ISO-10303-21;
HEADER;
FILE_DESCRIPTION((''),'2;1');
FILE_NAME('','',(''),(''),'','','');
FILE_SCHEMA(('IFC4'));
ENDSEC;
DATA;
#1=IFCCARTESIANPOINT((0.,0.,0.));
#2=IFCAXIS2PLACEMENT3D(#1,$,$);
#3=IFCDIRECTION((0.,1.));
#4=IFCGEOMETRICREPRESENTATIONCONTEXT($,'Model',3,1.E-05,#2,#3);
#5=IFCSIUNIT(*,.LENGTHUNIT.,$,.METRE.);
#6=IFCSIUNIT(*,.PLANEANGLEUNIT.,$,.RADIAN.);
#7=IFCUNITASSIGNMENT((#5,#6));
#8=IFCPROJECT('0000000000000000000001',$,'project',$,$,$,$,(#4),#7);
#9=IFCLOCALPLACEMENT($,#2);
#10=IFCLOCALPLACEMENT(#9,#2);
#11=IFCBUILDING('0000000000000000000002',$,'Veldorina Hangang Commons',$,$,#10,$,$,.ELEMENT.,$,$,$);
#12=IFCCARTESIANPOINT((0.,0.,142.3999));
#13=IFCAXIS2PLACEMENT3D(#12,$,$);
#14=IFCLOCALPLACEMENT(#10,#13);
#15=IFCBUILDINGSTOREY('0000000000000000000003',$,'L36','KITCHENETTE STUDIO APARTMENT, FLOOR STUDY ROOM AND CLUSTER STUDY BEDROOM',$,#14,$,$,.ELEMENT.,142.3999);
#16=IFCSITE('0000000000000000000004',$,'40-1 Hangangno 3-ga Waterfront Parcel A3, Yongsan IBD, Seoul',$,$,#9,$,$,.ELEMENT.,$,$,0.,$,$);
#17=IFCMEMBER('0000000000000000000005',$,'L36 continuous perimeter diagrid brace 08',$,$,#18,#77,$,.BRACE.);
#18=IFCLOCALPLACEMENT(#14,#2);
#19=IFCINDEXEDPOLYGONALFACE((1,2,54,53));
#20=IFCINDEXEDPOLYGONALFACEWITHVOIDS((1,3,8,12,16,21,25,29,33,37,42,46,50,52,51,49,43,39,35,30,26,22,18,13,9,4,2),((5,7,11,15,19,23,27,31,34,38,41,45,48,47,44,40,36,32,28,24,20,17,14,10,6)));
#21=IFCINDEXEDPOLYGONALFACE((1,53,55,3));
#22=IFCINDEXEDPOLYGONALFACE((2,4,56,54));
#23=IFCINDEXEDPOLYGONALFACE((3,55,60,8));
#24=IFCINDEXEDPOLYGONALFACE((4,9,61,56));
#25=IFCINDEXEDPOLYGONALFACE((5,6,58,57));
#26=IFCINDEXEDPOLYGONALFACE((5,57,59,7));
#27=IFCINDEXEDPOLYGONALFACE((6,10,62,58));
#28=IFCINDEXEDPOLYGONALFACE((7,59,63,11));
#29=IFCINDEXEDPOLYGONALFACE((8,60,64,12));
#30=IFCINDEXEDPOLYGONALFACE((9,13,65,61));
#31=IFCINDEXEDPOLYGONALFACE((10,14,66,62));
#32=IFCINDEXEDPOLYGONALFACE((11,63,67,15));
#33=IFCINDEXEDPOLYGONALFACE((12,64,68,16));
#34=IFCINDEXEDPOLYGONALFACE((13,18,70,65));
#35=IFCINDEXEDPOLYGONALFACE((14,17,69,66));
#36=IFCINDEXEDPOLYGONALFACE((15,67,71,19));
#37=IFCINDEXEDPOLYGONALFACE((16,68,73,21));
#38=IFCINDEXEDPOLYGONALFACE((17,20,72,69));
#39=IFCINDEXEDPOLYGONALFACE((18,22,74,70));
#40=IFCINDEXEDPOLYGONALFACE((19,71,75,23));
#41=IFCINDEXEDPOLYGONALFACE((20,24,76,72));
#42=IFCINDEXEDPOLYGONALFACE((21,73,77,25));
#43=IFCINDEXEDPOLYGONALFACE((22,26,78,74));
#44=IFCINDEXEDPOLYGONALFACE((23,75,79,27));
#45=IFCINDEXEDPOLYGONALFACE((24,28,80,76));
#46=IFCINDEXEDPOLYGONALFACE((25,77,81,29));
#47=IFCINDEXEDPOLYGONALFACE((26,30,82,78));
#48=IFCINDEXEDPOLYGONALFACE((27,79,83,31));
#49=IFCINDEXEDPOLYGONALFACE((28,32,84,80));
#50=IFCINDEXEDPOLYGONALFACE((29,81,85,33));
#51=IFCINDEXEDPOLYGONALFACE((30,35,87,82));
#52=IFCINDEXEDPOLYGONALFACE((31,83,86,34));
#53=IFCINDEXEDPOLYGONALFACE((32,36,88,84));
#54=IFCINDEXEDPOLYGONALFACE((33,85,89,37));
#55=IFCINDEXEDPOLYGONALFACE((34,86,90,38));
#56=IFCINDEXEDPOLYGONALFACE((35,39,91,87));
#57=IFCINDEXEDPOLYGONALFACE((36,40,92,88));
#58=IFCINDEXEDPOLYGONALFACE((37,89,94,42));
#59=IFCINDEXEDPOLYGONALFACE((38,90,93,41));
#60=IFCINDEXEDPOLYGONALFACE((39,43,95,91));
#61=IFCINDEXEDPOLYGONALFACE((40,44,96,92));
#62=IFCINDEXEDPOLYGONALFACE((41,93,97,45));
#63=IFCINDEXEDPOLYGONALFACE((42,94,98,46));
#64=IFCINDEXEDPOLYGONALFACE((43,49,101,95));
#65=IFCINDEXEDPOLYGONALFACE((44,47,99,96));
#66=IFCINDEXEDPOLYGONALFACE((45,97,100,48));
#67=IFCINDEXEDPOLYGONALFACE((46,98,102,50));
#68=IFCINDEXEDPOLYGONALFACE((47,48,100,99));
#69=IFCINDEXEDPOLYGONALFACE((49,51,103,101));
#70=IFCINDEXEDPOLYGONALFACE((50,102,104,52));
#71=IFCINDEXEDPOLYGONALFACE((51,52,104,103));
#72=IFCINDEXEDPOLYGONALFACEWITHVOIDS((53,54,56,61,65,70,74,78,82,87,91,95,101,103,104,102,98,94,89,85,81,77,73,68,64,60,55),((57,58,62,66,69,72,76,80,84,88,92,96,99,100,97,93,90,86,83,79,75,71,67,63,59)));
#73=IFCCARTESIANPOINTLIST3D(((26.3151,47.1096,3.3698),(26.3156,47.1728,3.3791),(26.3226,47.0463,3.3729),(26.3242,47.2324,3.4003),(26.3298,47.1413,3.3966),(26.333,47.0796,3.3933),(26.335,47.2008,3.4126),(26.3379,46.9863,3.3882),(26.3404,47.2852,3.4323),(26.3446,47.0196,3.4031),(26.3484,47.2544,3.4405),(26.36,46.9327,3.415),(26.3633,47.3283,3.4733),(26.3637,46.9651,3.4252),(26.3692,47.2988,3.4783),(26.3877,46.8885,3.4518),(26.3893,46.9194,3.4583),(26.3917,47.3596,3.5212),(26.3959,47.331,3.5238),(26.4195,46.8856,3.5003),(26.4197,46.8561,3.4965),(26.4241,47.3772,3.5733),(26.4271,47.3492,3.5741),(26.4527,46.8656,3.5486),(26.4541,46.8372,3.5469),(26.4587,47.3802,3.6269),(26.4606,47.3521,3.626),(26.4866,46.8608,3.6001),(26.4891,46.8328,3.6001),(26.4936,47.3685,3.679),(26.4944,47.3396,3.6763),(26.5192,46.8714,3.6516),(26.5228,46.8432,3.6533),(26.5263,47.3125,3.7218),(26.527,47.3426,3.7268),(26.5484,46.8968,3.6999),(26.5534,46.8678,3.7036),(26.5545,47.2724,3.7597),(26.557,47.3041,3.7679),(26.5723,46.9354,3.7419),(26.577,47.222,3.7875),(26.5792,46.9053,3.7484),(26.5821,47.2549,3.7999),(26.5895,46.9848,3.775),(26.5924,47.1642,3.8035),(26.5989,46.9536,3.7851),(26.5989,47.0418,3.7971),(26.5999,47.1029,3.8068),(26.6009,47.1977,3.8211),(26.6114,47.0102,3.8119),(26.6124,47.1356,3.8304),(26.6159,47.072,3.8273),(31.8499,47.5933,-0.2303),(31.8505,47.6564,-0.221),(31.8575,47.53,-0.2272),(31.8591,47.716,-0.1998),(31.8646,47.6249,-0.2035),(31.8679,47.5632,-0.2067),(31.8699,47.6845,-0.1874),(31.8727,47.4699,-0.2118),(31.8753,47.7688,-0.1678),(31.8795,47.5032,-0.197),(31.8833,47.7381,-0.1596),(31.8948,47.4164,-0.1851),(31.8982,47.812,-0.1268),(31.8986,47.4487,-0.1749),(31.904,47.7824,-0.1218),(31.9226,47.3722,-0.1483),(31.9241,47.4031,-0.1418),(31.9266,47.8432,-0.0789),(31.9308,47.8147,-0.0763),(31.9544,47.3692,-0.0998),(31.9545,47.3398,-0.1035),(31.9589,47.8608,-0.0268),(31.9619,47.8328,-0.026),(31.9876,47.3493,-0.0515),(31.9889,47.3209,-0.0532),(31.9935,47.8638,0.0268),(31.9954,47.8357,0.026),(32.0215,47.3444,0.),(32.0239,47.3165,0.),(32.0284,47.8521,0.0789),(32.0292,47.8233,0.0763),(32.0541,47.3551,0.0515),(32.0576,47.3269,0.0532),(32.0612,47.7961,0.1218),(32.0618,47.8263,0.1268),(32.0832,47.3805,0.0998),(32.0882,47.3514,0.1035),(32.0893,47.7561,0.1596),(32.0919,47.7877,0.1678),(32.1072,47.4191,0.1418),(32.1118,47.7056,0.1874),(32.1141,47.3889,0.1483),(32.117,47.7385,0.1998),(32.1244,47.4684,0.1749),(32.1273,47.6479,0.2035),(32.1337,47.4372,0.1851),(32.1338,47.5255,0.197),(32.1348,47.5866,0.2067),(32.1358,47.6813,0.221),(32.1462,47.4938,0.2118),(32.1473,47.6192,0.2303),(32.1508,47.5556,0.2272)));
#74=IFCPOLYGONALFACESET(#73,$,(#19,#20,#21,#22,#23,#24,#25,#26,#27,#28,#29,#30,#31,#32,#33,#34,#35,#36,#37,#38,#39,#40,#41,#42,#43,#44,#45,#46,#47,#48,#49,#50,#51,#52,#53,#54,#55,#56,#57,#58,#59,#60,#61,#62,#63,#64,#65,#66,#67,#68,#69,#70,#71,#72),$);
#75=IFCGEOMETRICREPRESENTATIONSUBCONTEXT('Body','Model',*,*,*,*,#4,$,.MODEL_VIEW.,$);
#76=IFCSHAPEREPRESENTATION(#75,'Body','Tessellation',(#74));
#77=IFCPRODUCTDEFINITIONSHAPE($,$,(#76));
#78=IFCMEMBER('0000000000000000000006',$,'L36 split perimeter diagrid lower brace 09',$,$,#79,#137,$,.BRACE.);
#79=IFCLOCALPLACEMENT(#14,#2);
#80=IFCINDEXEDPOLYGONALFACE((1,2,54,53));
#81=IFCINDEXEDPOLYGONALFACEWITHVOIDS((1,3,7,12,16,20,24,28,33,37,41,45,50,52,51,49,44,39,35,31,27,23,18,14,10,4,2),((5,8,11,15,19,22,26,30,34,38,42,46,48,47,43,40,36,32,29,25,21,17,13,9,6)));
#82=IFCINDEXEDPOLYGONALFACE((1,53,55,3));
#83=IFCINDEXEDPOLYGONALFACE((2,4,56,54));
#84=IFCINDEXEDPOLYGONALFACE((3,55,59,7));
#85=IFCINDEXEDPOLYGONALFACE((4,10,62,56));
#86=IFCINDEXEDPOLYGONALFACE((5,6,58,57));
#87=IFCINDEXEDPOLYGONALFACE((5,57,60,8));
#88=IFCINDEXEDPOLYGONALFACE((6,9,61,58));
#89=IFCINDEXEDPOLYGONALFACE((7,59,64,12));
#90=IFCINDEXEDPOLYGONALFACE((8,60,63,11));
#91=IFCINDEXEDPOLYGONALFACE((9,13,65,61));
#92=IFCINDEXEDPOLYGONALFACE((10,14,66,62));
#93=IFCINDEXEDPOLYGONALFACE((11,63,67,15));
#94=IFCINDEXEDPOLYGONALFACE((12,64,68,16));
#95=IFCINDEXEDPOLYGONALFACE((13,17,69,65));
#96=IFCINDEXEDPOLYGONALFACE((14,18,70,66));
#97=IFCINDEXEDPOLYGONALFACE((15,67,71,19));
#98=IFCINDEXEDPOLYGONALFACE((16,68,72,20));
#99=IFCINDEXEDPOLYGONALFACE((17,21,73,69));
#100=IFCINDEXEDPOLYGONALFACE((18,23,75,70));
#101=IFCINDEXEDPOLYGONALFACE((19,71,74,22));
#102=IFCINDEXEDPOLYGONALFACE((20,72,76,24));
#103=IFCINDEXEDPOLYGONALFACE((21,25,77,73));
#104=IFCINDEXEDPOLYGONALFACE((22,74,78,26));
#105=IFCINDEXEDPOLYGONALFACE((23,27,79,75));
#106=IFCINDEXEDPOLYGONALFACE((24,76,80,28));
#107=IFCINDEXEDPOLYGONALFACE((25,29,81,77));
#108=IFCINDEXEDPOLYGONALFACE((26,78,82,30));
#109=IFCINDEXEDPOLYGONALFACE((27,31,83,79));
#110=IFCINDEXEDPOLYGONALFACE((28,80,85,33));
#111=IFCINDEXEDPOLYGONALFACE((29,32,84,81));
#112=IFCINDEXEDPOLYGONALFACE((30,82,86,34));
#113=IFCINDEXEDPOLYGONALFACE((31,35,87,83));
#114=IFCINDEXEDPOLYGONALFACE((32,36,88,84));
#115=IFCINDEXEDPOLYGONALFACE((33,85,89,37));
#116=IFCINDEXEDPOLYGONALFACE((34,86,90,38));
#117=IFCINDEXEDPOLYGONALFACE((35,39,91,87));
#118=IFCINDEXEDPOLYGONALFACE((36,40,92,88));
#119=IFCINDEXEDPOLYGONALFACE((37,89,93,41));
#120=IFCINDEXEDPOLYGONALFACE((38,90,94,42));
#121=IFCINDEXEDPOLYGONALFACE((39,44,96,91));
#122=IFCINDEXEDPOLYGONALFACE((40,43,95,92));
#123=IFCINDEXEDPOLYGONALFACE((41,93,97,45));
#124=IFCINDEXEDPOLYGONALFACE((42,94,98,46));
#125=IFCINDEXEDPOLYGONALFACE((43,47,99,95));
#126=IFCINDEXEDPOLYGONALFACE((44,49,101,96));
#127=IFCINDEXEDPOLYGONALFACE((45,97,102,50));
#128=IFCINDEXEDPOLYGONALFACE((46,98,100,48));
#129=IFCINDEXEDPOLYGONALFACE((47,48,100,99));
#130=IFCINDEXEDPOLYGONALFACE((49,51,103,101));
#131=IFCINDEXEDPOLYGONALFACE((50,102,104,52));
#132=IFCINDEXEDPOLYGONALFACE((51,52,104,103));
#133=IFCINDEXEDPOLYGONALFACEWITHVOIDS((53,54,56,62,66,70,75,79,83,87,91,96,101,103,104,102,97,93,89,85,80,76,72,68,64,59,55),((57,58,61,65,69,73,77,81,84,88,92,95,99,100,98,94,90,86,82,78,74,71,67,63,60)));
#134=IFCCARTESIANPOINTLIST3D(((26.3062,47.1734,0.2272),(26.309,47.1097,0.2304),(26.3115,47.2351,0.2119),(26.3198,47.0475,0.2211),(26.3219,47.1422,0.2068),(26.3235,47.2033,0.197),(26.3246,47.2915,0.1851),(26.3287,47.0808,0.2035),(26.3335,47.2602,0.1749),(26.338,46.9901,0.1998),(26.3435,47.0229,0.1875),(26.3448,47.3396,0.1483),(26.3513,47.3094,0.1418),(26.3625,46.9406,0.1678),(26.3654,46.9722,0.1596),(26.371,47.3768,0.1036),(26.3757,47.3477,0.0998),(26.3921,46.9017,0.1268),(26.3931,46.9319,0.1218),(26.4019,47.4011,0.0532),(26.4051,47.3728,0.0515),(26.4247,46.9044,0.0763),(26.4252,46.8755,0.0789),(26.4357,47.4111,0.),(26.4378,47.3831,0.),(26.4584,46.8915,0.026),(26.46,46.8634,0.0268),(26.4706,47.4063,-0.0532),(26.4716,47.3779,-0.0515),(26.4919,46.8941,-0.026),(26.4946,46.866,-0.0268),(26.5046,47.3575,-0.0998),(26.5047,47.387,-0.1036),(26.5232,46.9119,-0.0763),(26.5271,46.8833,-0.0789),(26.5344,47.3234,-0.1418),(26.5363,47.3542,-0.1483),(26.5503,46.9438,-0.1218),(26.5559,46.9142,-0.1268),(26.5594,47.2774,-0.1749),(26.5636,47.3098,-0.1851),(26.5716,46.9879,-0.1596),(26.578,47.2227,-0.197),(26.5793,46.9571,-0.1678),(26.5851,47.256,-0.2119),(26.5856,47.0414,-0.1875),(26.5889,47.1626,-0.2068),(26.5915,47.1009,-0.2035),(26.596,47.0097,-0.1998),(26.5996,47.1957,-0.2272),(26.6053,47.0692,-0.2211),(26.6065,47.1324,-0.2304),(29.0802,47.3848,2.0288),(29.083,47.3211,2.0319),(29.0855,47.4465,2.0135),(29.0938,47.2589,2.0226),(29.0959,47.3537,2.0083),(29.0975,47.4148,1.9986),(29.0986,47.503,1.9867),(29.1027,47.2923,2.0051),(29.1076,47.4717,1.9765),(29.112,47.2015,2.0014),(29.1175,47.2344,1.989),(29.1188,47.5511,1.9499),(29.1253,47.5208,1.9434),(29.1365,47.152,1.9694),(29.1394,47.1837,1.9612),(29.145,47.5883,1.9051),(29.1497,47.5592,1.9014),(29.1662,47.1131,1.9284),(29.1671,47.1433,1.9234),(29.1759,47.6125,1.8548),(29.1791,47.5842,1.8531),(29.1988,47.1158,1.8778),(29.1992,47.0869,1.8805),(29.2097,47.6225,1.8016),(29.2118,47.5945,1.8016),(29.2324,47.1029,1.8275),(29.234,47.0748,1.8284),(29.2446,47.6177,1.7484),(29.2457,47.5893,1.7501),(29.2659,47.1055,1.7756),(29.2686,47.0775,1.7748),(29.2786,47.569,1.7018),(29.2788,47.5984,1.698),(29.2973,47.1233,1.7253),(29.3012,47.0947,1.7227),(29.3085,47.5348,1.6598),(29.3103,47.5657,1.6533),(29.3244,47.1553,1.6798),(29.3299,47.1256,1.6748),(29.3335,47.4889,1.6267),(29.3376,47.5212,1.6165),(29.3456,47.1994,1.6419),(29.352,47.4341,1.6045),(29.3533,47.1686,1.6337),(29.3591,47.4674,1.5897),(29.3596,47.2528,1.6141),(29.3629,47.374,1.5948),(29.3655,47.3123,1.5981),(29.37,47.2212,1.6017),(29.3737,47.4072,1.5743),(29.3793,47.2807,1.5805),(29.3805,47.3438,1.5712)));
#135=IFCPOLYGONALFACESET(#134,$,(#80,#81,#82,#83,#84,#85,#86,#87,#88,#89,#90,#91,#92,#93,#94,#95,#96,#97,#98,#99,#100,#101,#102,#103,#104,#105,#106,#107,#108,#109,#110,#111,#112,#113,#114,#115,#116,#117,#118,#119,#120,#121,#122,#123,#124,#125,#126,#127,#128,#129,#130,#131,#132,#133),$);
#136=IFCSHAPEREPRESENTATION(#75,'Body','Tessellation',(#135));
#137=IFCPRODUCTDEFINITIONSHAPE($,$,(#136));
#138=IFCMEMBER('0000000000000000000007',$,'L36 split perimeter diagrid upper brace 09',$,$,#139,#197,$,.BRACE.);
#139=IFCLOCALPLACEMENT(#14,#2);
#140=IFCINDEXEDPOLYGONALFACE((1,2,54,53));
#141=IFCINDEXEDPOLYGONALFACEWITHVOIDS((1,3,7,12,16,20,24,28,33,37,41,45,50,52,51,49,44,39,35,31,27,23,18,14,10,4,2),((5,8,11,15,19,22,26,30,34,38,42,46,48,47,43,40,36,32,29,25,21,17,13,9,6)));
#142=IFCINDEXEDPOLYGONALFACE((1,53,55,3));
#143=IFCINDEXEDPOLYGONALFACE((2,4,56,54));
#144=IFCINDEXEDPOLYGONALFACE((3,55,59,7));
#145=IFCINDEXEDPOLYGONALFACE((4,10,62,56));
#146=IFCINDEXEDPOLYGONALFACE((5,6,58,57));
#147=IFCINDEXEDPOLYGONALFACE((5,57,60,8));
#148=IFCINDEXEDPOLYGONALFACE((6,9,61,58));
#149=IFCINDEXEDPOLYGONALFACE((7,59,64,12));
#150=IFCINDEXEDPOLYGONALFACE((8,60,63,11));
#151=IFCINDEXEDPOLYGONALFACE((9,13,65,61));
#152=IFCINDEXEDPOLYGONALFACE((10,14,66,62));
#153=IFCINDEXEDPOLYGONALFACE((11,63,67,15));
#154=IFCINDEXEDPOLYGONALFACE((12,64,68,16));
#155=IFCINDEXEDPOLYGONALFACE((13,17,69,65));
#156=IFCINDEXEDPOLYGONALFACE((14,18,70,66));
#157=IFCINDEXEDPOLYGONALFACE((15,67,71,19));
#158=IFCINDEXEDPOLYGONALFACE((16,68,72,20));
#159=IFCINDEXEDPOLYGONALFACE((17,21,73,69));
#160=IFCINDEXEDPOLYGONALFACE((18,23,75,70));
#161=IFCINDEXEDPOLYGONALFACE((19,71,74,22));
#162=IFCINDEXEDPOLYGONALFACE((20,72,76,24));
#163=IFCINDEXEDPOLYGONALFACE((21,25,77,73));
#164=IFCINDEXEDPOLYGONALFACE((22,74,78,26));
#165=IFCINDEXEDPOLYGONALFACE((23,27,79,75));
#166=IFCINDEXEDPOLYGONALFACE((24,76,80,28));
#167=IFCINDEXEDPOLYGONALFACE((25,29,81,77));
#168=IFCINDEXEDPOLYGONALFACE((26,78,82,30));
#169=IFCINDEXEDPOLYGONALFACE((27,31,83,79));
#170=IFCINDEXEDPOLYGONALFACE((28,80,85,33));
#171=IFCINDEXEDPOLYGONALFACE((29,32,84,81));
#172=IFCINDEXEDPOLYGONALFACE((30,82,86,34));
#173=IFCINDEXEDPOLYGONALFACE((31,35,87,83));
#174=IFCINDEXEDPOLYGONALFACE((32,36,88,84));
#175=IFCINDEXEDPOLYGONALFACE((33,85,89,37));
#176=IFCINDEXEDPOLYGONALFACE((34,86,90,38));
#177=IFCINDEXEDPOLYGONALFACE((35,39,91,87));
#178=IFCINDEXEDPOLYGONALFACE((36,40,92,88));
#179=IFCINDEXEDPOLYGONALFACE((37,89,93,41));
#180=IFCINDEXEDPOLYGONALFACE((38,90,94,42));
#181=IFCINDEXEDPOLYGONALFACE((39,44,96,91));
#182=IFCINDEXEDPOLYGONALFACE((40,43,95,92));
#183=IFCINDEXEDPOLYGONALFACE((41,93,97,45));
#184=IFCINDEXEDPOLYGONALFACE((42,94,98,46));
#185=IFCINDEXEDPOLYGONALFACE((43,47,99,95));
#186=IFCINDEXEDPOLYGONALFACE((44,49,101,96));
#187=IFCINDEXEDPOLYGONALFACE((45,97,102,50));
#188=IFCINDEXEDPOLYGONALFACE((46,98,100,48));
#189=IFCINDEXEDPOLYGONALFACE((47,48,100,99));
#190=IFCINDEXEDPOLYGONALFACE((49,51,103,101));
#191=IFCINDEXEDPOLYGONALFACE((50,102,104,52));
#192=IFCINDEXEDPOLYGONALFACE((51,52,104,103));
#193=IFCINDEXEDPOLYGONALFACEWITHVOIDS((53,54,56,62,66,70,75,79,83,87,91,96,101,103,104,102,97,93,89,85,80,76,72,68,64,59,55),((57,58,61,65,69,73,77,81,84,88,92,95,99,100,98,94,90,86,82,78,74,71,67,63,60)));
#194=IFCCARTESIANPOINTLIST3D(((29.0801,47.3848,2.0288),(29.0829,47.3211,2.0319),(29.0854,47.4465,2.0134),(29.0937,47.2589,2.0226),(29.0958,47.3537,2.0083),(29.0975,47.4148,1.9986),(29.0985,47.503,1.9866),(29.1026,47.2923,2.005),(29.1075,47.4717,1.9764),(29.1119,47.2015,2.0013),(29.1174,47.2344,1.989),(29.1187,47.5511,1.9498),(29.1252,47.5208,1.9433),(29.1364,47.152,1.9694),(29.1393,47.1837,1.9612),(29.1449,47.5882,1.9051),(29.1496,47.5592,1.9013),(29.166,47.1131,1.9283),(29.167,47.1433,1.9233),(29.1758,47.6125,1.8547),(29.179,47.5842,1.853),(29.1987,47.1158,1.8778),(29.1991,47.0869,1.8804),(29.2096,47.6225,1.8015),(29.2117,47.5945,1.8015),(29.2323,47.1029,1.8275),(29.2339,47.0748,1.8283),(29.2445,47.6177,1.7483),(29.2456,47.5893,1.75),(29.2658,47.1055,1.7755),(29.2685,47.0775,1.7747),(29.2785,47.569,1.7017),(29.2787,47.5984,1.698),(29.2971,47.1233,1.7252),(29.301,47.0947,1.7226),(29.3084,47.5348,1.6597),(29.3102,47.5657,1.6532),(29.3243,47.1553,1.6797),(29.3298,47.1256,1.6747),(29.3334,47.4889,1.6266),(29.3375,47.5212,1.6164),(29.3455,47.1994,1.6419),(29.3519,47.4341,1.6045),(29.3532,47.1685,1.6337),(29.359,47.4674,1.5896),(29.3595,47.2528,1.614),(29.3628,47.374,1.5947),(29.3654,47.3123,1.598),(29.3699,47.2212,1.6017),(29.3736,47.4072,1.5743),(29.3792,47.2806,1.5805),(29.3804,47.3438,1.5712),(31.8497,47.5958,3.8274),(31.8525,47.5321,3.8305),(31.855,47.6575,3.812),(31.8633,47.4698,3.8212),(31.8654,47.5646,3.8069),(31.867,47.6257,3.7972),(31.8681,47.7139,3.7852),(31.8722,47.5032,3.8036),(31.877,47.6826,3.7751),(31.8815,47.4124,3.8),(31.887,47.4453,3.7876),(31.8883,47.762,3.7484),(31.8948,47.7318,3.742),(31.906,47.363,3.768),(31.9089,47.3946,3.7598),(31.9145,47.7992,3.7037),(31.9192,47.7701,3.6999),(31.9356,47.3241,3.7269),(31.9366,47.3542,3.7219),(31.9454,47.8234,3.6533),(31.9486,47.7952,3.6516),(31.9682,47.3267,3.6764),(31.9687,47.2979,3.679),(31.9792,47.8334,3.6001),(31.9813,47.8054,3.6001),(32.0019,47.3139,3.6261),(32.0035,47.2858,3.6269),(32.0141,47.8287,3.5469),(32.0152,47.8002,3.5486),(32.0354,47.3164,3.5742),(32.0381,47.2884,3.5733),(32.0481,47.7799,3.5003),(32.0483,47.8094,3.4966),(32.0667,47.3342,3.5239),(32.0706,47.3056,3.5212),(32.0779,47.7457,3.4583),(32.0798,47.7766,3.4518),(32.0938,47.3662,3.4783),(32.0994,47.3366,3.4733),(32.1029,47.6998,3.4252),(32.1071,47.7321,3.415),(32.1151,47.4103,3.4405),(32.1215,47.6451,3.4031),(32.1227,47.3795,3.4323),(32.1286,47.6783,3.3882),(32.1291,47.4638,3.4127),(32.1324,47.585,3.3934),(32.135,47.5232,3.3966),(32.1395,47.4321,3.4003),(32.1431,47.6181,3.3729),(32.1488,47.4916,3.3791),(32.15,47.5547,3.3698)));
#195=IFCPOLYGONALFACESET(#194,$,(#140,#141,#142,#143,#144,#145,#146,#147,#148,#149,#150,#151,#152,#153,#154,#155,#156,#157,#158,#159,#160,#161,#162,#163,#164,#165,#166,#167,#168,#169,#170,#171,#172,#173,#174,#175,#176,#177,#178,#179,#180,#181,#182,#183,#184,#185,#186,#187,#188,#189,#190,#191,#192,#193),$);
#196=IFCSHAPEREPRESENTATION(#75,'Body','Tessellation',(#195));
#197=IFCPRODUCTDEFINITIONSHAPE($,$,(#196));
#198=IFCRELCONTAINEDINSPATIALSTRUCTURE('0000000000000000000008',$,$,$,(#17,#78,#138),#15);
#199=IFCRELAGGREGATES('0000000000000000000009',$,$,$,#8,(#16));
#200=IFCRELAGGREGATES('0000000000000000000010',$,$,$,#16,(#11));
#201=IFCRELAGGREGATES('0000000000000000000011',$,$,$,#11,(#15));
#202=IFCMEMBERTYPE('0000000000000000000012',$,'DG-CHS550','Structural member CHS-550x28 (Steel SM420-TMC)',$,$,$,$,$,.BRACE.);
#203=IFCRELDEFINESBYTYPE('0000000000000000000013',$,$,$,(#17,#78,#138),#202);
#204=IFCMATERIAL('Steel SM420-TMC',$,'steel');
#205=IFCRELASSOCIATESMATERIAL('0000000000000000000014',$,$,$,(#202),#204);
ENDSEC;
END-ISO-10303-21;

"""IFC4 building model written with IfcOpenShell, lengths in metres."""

from ifc_helpers import new_model, si_unit, direction, frame, origin, origin_2d, place, context, subcontext, project, spatial, hollow_circle, extrude, material, material_profile, profile_set, type_object, element, save


model = new_model("IFC4")

# Units and contexts
model_context = context("Model", 3, precision=1e-05, world=origin(), true_north=direction((0.0, 1.0)))
body_context = subcontext(model_context, "Body", "Model", "MODEL_VIEW")
ifc_project = project(units=[si_unit("LENGTHUNIT", "METRE"), si_unit("PLANEANGLEUNIT", "RADIAN")], contexts=[model_context])

# Site, building, storey
site_placement = place(None, origin())
site = spatial("IfcSite", under=ifc_project, at=site_placement, Name="40-1 Hangangno 3-ga Waterfront Parcel A3, Yongsan IBD, Seoul", CompositionType="ELEMENT", RefElevation=0.0)
building_placement = place(site_placement, origin())
building = spatial("IfcBuilding", under=site, at=building_placement, Name="Veldorina Hangang Commons", CompositionType="ELEMENT")
storey_placement = place(building_placement, frame((0.0, 0.0, 142.3999)))
storey = spatial("IfcBuildingStorey", under=building, at=storey_placement, Name="L36", Description="KITCHENETTE STUDIO APARTMENT, FLOOR STUDY ROOM AND CLUSTER STUDY BEDROOM", CompositionType="ELEMENT", Elevation=142.3999)

# Shared definitions
ifc_material_1 = material(Name="Steel SM420-TMC", Category="steel")

# Members
ifc_material_profile_1 = material_profile(ifc_material_1, hollow_circle(Radius=0.2749, WallThickness=0.0281, at=origin_2d()), Name="CHS-550x28")
ifc_profile_set_1 = profile_set([ifc_material_profile_1], Name="Steel SM420-TMC")
member_type = type_object("IfcMemberType", Name="DG-CHS550", Description="Structural member CHS-550x28 (Steel SM420-TMC)", PredefinedType="BRACE", material=ifc_profile_set_1)
member_1_placement = place(storey_placement, frame((32.0, 47.5903, 0.0), z_axis=(-0.836037, -0.073053, 0.543787), x_axis=(0.087049, -0.996204, 0.0)))
element("IfcMember", 1, at=member_1_placement, inside=storey, type_object=member_type, Name="L36 continuous perimeter diagrid brace 08", PredefinedType="BRACE", context=body_context, shape_type="SweptSolid", body=[
    extrude(hollow_circle(Radius=0.2749, WallThickness=0.0281, at=origin_2d()), origin(), (0.0, 0.0, 1.0), 6.6204),
])
member_2_placement = place(storey_placement, frame((26.4565, 47.137, 0.0), z_axis=(0.836948, 0.063791, 0.543552), x_axis=(-0.075999, 0.997108, 0.0)))
element("IfcMember", 2, at=member_2_placement, inside=storey, type_object=member_type, Name="L36 split perimeter diagrid lower brace 09", PredefinedType="BRACE", context=body_context, shape_type="SweptSolid", body=[
    extrude(hollow_circle(Radius=0.2749, WallThickness=0.0281, at=origin_2d()), origin(), (0.0, 0.0, 1.0), 3.3145),
])
member_3_placement = place(storey_placement, frame((29.2305, 47.3484, 1.8015), z_axis=(0.836961, 0.063746, 0.543538), x_axis=(-0.075944, 0.997112, 0.0)))
element("IfcMember", 3, at=member_3_placement, inside=storey, type_object=member_type, Name="L36 split perimeter diagrid upper brace 09", PredefinedType="BRACE", context=body_context, shape_type="SweptSolid", body=[
    extrude(hollow_circle(Radius=0.2749, WallThickness=0.0281, at=origin_2d()), origin(), (0.0, 0.0, 1.0), 3.3091),
])

save(model, "model.ifc")
